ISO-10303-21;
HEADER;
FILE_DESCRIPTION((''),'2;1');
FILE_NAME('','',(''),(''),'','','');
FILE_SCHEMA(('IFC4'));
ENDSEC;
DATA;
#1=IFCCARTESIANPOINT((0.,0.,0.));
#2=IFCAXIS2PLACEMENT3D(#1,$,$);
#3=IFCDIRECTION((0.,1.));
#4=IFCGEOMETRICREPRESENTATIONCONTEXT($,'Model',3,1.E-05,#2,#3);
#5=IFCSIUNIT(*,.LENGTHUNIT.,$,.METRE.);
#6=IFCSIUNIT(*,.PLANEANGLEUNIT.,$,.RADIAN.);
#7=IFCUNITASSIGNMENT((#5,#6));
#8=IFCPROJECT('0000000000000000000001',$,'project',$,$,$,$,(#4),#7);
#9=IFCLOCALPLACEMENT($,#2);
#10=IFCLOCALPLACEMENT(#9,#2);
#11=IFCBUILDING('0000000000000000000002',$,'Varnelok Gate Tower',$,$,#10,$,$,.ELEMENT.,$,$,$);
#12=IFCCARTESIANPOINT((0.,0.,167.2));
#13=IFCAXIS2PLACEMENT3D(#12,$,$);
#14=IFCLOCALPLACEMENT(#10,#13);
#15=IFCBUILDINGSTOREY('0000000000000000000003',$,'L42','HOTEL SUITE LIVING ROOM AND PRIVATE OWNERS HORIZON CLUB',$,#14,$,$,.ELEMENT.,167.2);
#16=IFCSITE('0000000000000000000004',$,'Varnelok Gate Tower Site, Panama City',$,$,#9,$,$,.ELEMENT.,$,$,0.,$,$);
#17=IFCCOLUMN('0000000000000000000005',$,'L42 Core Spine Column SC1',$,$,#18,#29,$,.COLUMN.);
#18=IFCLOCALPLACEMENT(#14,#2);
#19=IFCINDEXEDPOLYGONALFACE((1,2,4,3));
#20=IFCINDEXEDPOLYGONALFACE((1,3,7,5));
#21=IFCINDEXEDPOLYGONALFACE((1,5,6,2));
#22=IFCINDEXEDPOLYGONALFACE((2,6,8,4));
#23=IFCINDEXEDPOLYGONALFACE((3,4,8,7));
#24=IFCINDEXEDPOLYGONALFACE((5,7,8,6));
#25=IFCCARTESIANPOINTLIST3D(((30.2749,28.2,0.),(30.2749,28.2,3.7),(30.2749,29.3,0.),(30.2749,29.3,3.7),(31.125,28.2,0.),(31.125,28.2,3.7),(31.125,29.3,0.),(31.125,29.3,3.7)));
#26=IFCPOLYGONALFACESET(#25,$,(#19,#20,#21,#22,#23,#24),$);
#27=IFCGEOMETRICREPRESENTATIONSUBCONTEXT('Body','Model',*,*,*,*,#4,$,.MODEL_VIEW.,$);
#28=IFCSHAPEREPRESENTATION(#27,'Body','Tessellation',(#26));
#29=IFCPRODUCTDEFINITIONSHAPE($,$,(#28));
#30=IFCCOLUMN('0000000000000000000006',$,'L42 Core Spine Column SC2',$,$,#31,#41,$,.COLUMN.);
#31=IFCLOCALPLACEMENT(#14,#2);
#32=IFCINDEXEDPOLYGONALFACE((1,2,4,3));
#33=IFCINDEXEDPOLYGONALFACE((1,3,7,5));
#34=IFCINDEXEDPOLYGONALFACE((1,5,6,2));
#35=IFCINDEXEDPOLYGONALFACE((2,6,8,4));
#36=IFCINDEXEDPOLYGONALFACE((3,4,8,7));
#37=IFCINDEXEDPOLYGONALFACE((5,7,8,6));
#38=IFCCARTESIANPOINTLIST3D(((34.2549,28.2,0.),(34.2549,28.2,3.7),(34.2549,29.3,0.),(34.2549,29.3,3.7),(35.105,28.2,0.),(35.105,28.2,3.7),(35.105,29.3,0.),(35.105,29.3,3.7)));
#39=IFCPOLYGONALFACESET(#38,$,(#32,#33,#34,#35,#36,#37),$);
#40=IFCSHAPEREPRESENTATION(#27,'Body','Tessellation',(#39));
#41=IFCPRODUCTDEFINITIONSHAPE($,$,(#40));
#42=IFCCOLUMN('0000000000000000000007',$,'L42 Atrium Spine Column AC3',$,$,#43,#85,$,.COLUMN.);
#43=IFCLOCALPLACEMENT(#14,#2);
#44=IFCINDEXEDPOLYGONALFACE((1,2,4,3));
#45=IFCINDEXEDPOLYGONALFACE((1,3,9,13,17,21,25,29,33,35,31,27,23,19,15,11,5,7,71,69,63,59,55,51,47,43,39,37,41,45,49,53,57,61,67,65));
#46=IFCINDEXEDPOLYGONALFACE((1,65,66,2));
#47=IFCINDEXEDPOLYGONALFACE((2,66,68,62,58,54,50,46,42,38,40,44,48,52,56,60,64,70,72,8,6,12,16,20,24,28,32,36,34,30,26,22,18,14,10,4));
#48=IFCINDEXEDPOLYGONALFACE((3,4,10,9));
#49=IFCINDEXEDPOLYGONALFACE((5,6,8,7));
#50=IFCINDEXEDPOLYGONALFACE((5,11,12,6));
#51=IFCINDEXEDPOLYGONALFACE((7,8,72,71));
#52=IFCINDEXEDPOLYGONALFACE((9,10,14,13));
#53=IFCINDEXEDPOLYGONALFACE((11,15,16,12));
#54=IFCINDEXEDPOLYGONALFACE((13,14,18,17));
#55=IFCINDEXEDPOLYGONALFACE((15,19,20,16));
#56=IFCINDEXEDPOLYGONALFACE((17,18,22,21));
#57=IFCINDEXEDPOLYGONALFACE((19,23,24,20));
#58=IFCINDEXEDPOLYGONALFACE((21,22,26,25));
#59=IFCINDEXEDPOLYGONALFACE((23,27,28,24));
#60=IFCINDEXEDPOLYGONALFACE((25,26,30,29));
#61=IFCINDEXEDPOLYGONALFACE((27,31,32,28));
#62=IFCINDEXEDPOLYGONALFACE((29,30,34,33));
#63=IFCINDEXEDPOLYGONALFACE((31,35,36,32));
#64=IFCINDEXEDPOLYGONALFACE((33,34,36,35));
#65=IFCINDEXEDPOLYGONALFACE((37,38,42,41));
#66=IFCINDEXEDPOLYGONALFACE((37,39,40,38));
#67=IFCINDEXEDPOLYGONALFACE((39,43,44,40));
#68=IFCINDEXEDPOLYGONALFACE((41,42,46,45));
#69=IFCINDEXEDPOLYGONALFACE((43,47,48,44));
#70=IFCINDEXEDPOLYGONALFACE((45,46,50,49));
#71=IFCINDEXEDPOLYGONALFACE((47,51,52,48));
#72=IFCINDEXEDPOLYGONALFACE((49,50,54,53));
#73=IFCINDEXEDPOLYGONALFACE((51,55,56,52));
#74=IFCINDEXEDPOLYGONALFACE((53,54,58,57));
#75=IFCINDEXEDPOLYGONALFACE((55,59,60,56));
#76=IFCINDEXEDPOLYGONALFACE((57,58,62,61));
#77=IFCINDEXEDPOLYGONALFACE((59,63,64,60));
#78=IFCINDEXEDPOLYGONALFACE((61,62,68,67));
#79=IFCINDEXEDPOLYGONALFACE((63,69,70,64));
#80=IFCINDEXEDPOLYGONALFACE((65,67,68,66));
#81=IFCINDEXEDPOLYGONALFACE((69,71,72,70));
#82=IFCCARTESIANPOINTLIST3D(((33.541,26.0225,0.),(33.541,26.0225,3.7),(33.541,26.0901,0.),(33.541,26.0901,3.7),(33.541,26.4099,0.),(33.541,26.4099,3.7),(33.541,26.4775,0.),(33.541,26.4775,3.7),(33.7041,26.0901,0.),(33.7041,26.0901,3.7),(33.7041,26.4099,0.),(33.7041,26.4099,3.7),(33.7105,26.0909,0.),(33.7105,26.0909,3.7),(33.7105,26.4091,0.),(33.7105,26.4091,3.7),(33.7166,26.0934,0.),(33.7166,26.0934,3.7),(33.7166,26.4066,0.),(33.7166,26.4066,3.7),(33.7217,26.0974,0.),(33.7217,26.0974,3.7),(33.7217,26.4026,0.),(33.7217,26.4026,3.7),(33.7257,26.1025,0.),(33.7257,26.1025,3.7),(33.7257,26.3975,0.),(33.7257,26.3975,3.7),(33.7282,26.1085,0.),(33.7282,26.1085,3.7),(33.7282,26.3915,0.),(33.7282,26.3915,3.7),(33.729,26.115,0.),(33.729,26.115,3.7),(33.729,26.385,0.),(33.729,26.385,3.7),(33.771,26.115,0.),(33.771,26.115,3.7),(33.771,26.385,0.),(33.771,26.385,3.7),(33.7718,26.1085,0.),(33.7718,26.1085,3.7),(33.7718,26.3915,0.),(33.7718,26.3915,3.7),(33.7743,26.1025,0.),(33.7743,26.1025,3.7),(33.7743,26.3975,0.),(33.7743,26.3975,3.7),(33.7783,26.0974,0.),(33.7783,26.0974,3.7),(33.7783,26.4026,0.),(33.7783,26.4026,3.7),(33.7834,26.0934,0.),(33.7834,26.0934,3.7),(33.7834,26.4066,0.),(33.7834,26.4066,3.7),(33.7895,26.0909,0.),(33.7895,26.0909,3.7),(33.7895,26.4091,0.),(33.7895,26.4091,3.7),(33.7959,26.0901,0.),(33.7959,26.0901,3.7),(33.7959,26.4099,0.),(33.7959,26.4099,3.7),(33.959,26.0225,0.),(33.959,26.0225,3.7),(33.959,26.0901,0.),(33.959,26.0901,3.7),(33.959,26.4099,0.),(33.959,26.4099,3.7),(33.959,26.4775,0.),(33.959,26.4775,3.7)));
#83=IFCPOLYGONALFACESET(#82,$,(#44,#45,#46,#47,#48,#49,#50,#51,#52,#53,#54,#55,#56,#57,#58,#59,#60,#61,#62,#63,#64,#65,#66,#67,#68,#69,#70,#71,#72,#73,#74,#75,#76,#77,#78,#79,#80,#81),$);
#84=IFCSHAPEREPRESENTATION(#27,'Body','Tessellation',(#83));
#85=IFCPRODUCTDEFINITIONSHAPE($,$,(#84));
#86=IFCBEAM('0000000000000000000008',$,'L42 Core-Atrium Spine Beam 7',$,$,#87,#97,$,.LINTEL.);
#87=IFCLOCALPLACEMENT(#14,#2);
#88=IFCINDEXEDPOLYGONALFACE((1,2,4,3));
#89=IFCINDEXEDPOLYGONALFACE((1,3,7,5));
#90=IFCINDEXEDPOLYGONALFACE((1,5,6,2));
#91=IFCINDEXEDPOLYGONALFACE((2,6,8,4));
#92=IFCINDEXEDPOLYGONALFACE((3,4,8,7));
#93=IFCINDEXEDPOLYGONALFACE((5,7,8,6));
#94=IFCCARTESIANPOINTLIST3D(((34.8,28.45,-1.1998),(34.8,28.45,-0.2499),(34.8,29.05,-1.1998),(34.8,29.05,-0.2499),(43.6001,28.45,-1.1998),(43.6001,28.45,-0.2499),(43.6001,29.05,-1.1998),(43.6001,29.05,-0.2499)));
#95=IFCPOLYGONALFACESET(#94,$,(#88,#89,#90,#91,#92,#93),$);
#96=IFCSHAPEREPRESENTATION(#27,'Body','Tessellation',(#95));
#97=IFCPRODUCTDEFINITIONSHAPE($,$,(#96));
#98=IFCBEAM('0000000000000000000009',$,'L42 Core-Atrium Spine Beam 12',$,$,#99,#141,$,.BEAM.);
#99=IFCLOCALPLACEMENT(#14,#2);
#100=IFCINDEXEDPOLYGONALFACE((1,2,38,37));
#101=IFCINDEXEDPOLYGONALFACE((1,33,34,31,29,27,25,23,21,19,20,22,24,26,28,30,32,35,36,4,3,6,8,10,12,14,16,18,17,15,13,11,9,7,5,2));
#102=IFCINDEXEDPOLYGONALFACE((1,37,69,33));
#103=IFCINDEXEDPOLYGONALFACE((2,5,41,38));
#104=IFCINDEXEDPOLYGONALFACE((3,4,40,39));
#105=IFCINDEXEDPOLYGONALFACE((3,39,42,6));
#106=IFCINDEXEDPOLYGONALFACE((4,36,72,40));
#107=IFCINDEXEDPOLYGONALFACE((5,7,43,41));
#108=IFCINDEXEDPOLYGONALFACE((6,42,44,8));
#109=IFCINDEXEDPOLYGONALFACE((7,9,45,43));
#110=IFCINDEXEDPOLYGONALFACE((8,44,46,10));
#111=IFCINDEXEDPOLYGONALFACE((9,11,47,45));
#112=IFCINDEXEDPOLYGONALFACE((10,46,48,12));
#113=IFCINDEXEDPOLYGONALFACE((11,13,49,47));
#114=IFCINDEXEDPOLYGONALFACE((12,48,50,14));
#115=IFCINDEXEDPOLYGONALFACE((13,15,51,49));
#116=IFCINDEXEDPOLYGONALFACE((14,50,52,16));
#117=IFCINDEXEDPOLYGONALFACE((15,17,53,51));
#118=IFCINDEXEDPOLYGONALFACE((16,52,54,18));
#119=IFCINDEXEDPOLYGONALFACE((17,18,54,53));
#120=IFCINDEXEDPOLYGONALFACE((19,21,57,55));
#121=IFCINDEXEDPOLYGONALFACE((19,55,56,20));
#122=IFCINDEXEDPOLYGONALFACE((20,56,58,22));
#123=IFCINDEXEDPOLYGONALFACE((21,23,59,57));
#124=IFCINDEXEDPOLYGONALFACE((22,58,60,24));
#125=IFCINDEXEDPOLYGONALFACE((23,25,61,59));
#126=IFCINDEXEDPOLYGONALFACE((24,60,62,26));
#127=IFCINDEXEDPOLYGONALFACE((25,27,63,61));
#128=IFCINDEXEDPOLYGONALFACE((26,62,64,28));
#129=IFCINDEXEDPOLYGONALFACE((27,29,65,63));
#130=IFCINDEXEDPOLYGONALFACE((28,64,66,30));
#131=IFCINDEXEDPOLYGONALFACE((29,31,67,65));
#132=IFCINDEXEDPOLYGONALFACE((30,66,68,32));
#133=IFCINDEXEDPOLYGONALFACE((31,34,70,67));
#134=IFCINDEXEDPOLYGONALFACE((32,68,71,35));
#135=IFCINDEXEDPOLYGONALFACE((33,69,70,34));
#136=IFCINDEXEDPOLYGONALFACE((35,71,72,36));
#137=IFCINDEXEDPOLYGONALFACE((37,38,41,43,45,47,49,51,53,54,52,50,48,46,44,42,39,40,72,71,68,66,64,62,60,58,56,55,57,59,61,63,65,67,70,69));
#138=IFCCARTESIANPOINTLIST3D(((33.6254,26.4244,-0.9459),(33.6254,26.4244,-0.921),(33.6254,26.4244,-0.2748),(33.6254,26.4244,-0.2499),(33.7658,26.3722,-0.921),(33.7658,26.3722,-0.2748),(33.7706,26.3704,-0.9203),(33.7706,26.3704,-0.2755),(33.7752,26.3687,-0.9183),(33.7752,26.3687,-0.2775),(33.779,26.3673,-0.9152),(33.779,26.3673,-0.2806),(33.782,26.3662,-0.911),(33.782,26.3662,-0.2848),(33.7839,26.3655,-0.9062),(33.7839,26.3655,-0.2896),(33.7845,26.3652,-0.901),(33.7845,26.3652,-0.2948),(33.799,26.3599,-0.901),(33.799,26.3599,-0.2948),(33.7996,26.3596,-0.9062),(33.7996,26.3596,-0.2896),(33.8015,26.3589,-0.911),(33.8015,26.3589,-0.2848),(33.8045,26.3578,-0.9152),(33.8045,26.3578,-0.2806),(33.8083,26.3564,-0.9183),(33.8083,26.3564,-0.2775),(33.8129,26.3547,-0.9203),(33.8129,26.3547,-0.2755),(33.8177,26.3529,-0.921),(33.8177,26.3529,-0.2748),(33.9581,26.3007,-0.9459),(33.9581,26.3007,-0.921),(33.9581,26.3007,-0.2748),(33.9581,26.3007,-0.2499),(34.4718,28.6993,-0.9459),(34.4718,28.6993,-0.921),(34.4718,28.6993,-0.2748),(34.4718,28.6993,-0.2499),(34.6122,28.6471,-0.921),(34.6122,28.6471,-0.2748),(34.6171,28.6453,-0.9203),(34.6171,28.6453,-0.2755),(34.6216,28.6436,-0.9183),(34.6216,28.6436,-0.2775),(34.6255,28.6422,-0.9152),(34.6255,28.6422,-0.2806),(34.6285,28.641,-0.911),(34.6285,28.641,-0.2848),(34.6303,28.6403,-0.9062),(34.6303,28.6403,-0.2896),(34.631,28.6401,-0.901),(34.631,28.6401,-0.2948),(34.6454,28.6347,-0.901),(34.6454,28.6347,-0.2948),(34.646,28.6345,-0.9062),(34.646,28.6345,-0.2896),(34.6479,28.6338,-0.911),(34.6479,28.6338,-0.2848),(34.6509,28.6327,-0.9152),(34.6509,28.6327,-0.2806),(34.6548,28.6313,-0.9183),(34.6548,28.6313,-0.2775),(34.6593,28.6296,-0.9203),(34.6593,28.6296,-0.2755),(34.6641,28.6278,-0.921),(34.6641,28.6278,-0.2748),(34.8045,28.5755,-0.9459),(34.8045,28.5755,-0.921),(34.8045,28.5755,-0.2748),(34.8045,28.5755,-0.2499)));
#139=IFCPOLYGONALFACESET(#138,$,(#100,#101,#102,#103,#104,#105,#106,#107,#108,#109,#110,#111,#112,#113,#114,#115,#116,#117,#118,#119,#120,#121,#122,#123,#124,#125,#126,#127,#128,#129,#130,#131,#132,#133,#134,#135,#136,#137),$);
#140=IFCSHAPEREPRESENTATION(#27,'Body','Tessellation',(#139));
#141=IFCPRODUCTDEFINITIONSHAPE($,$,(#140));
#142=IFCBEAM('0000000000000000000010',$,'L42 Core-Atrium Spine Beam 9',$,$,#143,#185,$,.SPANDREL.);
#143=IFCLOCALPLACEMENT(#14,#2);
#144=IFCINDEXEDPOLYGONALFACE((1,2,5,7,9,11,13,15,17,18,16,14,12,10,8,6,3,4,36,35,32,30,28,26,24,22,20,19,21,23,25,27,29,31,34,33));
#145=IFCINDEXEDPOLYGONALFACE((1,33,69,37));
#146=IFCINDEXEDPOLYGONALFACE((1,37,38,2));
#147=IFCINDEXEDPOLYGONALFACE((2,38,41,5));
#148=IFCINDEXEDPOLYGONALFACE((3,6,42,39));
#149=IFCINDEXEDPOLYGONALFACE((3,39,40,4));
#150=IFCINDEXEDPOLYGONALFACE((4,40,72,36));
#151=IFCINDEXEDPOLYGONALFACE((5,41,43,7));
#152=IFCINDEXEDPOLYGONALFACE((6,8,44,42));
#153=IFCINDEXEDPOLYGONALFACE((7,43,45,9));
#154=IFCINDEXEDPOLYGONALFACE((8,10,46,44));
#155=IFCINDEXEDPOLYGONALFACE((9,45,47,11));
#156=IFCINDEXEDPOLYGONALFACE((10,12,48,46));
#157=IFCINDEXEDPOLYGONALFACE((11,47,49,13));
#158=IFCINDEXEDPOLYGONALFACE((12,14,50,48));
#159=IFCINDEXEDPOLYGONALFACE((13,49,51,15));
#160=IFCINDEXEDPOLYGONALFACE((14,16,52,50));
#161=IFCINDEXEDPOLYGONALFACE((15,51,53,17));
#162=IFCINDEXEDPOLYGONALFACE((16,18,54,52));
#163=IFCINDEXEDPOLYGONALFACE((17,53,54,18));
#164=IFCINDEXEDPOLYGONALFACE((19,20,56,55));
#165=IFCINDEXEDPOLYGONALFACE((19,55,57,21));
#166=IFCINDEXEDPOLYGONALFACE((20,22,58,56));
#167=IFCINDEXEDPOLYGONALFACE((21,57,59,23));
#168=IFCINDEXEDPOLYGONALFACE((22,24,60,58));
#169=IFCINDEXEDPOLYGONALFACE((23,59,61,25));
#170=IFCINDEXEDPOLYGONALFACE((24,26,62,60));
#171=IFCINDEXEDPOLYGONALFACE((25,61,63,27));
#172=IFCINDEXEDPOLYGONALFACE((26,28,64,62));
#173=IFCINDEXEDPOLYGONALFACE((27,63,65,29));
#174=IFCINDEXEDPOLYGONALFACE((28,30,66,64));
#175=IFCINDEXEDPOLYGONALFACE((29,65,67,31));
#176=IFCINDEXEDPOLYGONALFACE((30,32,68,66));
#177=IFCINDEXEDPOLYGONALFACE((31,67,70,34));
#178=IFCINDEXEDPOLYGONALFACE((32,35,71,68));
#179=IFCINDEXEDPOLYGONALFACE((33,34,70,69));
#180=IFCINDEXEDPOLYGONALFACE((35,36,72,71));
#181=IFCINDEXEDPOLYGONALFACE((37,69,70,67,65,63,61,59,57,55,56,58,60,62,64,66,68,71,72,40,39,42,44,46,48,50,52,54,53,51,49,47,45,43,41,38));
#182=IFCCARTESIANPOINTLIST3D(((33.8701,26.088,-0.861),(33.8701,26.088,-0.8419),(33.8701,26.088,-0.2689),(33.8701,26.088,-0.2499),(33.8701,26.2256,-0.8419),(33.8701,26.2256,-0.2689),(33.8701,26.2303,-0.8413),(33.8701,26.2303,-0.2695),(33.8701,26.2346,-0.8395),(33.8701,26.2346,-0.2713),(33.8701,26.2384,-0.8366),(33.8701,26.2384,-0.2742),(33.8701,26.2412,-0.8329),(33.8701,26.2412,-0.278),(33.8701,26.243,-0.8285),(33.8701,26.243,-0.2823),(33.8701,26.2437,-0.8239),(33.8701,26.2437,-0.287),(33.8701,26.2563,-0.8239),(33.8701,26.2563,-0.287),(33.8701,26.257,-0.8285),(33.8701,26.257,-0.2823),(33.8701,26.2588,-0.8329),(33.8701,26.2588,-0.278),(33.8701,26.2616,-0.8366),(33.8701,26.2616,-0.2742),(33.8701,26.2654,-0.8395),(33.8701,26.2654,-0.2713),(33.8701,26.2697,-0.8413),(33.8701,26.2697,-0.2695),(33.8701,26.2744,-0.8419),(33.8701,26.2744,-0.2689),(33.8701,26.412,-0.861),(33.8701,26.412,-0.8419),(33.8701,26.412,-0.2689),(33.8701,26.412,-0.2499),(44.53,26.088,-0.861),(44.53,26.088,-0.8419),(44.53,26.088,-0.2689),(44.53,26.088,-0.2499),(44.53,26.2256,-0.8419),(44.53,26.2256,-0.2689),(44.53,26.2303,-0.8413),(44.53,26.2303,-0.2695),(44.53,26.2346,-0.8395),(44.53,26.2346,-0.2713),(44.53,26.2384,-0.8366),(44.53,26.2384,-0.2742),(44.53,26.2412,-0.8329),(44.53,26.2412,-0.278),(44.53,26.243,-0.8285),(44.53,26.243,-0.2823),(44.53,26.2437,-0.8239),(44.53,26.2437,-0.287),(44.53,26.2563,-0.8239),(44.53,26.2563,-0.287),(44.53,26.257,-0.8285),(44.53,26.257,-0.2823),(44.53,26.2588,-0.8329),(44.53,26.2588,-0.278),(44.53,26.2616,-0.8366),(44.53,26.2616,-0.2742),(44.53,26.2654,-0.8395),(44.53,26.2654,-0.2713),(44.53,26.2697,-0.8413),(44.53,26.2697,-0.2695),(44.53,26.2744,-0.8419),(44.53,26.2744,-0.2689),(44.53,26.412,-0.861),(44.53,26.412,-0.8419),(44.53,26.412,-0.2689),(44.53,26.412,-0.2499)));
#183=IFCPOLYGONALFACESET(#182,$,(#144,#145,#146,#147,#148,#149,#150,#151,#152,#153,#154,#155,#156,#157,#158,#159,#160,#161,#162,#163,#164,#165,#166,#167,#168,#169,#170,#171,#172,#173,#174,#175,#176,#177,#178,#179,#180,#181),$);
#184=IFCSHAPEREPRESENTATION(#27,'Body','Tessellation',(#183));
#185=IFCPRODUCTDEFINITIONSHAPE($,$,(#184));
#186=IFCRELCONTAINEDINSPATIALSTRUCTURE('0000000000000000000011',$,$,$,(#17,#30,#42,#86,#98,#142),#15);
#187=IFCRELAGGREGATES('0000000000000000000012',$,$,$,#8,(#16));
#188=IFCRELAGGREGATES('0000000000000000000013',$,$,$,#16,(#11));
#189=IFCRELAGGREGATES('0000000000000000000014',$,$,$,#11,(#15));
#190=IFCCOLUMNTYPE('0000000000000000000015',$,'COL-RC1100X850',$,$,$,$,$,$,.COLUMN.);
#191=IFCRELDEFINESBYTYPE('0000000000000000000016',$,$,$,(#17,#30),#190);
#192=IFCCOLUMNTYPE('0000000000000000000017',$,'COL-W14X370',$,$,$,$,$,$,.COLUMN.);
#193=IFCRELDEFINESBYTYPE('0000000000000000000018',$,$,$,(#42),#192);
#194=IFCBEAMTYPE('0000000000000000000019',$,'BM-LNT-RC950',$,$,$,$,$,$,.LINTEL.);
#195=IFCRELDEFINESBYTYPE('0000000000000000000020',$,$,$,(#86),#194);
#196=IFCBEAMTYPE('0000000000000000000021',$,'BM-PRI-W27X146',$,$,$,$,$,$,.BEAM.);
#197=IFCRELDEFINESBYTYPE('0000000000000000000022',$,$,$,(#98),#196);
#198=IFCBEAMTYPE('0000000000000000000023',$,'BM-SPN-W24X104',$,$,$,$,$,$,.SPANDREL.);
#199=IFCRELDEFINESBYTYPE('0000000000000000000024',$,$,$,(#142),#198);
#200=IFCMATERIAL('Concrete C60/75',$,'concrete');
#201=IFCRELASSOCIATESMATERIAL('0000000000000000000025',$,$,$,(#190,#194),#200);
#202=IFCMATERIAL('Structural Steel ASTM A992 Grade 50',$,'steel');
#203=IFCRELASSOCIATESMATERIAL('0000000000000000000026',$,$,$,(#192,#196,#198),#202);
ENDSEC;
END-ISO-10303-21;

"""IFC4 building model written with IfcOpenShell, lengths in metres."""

from ifc_helpers import new_model, si_unit, direction, frame, origin, origin_2d, place, context, subcontext, project, spatial, rectangle, i_section, extrude, material, material_profile, profile_set, type_object, element, save


model = new_model("IFC4")

# Units and contexts
model_context = context("Model", 3, precision=1e-05, world=origin(), true_north=direction((0.0, 1.0)))
body_context = subcontext(model_context, "Body", "Model", "MODEL_VIEW")
ifc_project = project(units=[si_unit("LENGTHUNIT", "METRE"), si_unit("PLANEANGLEUNIT", "RADIAN")], contexts=[model_context])

# Site, building, storey
site_placement = place(None, origin())
site = spatial("IfcSite", under=ifc_project, at=site_placement, Name="Varnelok Gate Tower Site, Panama City", CompositionType="ELEMENT", RefElevation=0.0)
building_placement = place(site_placement, origin())
building = spatial("IfcBuilding", under=site, at=building_placement, Name="Varnelok Gate Tower", CompositionType="ELEMENT")
storey_placement = place(building_placement, frame((0.0, 0.0, 167.2)))
storey = spatial("IfcBuildingStorey", under=building, at=storey_placement, Name="L42", Description="HOTEL SUITE LIVING ROOM AND PRIVATE OWNERS HORIZON CLUB", CompositionType="ELEMENT", Elevation=167.2)

# Columns
ifc_material_1 = material(Name="Concrete C60/75", Category="concrete")
ifc_material_profile_1 = material_profile(ifc_material_1, rectangle(XDim=0.8501, YDim=1.1001, at=origin_2d()), Name="RC1100X850")
ifc_profile_set_1 = profile_set([ifc_material_profile_1], Name="Concrete C60/75")
column_type_1 = type_object("IfcColumnType", Name="COL-RC1100X850", PredefinedType="COLUMN", material=ifc_profile_set_1)
for number, where, z_axis, x_axis, name in (
    (1, (30.7, 28.75, 0.0), (0.0, 0.0, 1.0), (1.0, 0.0, 0.0), "L42 Core Spine Column SC1"),
    (2, (34.6799, 28.75, 0.0), (0.0, 0.0, 1.0), (1.0, 0.0, 0.0), "L42 Core Spine Column SC2"),
):
    element("IfcColumn", number, at=place(storey_placement, frame(where, z_axis=z_axis, x_axis=x_axis)), inside=storey, type_object=column_type_1, Name=name, PredefinedType="COLUMN", context=body_context, shape_type="SweptSolid", body=[
        extrude(rectangle(XDim=0.8501, YDim=1.1001, at=origin_2d()), origin(), (0.0, 0.0, 1.0), 3.7),
    ])
ifc_material_2 = material(Name="Structural Steel ASTM A992 Grade 50", Category="steel")
ifc_material_profile_2 = material_profile(ifc_material_2, i_section(OverallWidth=0.418, OverallDepth=0.4551, WebThickness=0.042, FlangeThickness=0.0676, FilletRadius=0.0249, at=origin_2d()), Name="W14X370")
ifc_profile_set_2 = profile_set([ifc_material_profile_2], Name="Structural Steel ASTM A992 Grade 50")
column_type_2 = type_object("IfcColumnType", Name="COL-W14X370", PredefinedType="COLUMN", material=ifc_profile_set_2)
column_placement = place(storey_placement, frame((33.75, 26.25, 0.0), z_axis=(0.0, 0.0, 1.0), x_axis=(1.0, 0.0, 0.0)))
element("IfcColumn", 3, at=column_placement, inside=storey, type_object=column_type_2, Name="L42 Atrium Spine Column AC3", PredefinedType="COLUMN", context=body_context, shape_type="SweptSolid", body=[
    extrude(i_section(OverallWidth=0.418, OverallDepth=0.4551, WebThickness=0.042, FlangeThickness=0.0676, FilletRadius=0.0249, at=origin_2d()), origin(), (0.0, 0.0, 1.0), 3.7),
])

# Beams
ifc_material_profile_3 = material_profile(ifc_material_1, rectangle(XDim=0.6001, YDim=0.95, at=origin_2d()), Name="RC950X600")
ifc_profile_set_3 = profile_set([ifc_material_profile_3], Name="Concrete C60/75")
beam_type_1 = type_object("IfcBeamType", Name="BM-LNT-RC950", PredefinedType="LINTEL", material=ifc_profile_set_3)
beam_1_placement = place(storey_placement, frame((34.8, 28.75, -0.7249), z_axis=(1.0, 0.0, 0.0), x_axis=(0.0, 1.0, 0.0)))
element("IfcBeam", 4, at=beam_1_placement, inside=storey, type_object=beam_type_1, Name="L42 Core-Atrium Spine Beam 7", PredefinedType="LINTEL", context=body_context, shape_type="SweptSolid", body=[
    extrude(rectangle(XDim=0.6001, YDim=0.95, at=origin_2d()), origin(), (0.0, 0.0, 1.0), 8.8),
])
ifc_material_profile_4 = material_profile(ifc_material_2, i_section(OverallWidth=0.355, OverallDepth=0.696, WebThickness=0.0154, FlangeThickness=0.0249, FilletRadius=0.02, at=origin_2d()), Name="W27X146")
ifc_profile_set_4 = profile_set([ifc_material_profile_4], Name="Structural Steel ASTM A992 Grade 50")
beam_type_2 = type_object("IfcBeamType", Name="BM-PRI-W27X146", PredefinedType="BEAM", material=ifc_profile_set_4)
beam_2_placement = place(storey_placement, frame((33.7917, 26.3625, -0.5979), z_axis=(0.348719, 0.937227, 0.0), x_axis=(-0.937227, 0.348719, 0.0)))
element("IfcBeam", 5, at=beam_2_placement, inside=storey, type_object=beam_type_2, Name="L42 Core-Atrium Spine Beam 12", PredefinedType="BEAM", context=body_context, shape_type="SweptSolid", body=[
    extrude(i_section(OverallWidth=0.355, OverallDepth=0.696, WebThickness=0.0154, FlangeThickness=0.0249, FilletRadius=0.02, at=origin_2d()), origin(), (0.0, 0.0, 1.0), 2.4272),
])
ifc_material_profile_5 = material_profile(ifc_material_2, i_section(OverallWidth=0.324, OverallDepth=0.6111, WebThickness=0.0127, FlangeThickness=0.019, FilletRadius=0.0181, at=origin_2d()), Name="W24X104")
ifc_profile_set_5 = profile_set([ifc_material_profile_5], Name="Structural Steel ASTM A992 Grade 50")
beam_type_3 = type_object("IfcBeamType", Name="BM-SPN-W24X104", PredefinedType="SPANDREL", material=ifc_profile_set_5)
beam_3_placement = place(storey_placement, frame((33.8701, 26.25, -0.5554), z_axis=(1.0, 0.0, 0.0), x_axis=(0.0, 1.0, 0.0)))
element("IfcBeam", 6, at=beam_3_placement, inside=storey, type_object=beam_type_3, Name="L42 Core-Atrium Spine Beam 9", PredefinedType="SPANDREL", context=body_context, shape_type="SweptSolid", body=[
    extrude(i_section(OverallWidth=0.324, OverallDepth=0.6111, WebThickness=0.0127, FlangeThickness=0.019, FilletRadius=0.0181, at=origin_2d()), origin(), (0.0, 0.0, 1.0), 10.6599),
])

save(model, "model.ifc")
